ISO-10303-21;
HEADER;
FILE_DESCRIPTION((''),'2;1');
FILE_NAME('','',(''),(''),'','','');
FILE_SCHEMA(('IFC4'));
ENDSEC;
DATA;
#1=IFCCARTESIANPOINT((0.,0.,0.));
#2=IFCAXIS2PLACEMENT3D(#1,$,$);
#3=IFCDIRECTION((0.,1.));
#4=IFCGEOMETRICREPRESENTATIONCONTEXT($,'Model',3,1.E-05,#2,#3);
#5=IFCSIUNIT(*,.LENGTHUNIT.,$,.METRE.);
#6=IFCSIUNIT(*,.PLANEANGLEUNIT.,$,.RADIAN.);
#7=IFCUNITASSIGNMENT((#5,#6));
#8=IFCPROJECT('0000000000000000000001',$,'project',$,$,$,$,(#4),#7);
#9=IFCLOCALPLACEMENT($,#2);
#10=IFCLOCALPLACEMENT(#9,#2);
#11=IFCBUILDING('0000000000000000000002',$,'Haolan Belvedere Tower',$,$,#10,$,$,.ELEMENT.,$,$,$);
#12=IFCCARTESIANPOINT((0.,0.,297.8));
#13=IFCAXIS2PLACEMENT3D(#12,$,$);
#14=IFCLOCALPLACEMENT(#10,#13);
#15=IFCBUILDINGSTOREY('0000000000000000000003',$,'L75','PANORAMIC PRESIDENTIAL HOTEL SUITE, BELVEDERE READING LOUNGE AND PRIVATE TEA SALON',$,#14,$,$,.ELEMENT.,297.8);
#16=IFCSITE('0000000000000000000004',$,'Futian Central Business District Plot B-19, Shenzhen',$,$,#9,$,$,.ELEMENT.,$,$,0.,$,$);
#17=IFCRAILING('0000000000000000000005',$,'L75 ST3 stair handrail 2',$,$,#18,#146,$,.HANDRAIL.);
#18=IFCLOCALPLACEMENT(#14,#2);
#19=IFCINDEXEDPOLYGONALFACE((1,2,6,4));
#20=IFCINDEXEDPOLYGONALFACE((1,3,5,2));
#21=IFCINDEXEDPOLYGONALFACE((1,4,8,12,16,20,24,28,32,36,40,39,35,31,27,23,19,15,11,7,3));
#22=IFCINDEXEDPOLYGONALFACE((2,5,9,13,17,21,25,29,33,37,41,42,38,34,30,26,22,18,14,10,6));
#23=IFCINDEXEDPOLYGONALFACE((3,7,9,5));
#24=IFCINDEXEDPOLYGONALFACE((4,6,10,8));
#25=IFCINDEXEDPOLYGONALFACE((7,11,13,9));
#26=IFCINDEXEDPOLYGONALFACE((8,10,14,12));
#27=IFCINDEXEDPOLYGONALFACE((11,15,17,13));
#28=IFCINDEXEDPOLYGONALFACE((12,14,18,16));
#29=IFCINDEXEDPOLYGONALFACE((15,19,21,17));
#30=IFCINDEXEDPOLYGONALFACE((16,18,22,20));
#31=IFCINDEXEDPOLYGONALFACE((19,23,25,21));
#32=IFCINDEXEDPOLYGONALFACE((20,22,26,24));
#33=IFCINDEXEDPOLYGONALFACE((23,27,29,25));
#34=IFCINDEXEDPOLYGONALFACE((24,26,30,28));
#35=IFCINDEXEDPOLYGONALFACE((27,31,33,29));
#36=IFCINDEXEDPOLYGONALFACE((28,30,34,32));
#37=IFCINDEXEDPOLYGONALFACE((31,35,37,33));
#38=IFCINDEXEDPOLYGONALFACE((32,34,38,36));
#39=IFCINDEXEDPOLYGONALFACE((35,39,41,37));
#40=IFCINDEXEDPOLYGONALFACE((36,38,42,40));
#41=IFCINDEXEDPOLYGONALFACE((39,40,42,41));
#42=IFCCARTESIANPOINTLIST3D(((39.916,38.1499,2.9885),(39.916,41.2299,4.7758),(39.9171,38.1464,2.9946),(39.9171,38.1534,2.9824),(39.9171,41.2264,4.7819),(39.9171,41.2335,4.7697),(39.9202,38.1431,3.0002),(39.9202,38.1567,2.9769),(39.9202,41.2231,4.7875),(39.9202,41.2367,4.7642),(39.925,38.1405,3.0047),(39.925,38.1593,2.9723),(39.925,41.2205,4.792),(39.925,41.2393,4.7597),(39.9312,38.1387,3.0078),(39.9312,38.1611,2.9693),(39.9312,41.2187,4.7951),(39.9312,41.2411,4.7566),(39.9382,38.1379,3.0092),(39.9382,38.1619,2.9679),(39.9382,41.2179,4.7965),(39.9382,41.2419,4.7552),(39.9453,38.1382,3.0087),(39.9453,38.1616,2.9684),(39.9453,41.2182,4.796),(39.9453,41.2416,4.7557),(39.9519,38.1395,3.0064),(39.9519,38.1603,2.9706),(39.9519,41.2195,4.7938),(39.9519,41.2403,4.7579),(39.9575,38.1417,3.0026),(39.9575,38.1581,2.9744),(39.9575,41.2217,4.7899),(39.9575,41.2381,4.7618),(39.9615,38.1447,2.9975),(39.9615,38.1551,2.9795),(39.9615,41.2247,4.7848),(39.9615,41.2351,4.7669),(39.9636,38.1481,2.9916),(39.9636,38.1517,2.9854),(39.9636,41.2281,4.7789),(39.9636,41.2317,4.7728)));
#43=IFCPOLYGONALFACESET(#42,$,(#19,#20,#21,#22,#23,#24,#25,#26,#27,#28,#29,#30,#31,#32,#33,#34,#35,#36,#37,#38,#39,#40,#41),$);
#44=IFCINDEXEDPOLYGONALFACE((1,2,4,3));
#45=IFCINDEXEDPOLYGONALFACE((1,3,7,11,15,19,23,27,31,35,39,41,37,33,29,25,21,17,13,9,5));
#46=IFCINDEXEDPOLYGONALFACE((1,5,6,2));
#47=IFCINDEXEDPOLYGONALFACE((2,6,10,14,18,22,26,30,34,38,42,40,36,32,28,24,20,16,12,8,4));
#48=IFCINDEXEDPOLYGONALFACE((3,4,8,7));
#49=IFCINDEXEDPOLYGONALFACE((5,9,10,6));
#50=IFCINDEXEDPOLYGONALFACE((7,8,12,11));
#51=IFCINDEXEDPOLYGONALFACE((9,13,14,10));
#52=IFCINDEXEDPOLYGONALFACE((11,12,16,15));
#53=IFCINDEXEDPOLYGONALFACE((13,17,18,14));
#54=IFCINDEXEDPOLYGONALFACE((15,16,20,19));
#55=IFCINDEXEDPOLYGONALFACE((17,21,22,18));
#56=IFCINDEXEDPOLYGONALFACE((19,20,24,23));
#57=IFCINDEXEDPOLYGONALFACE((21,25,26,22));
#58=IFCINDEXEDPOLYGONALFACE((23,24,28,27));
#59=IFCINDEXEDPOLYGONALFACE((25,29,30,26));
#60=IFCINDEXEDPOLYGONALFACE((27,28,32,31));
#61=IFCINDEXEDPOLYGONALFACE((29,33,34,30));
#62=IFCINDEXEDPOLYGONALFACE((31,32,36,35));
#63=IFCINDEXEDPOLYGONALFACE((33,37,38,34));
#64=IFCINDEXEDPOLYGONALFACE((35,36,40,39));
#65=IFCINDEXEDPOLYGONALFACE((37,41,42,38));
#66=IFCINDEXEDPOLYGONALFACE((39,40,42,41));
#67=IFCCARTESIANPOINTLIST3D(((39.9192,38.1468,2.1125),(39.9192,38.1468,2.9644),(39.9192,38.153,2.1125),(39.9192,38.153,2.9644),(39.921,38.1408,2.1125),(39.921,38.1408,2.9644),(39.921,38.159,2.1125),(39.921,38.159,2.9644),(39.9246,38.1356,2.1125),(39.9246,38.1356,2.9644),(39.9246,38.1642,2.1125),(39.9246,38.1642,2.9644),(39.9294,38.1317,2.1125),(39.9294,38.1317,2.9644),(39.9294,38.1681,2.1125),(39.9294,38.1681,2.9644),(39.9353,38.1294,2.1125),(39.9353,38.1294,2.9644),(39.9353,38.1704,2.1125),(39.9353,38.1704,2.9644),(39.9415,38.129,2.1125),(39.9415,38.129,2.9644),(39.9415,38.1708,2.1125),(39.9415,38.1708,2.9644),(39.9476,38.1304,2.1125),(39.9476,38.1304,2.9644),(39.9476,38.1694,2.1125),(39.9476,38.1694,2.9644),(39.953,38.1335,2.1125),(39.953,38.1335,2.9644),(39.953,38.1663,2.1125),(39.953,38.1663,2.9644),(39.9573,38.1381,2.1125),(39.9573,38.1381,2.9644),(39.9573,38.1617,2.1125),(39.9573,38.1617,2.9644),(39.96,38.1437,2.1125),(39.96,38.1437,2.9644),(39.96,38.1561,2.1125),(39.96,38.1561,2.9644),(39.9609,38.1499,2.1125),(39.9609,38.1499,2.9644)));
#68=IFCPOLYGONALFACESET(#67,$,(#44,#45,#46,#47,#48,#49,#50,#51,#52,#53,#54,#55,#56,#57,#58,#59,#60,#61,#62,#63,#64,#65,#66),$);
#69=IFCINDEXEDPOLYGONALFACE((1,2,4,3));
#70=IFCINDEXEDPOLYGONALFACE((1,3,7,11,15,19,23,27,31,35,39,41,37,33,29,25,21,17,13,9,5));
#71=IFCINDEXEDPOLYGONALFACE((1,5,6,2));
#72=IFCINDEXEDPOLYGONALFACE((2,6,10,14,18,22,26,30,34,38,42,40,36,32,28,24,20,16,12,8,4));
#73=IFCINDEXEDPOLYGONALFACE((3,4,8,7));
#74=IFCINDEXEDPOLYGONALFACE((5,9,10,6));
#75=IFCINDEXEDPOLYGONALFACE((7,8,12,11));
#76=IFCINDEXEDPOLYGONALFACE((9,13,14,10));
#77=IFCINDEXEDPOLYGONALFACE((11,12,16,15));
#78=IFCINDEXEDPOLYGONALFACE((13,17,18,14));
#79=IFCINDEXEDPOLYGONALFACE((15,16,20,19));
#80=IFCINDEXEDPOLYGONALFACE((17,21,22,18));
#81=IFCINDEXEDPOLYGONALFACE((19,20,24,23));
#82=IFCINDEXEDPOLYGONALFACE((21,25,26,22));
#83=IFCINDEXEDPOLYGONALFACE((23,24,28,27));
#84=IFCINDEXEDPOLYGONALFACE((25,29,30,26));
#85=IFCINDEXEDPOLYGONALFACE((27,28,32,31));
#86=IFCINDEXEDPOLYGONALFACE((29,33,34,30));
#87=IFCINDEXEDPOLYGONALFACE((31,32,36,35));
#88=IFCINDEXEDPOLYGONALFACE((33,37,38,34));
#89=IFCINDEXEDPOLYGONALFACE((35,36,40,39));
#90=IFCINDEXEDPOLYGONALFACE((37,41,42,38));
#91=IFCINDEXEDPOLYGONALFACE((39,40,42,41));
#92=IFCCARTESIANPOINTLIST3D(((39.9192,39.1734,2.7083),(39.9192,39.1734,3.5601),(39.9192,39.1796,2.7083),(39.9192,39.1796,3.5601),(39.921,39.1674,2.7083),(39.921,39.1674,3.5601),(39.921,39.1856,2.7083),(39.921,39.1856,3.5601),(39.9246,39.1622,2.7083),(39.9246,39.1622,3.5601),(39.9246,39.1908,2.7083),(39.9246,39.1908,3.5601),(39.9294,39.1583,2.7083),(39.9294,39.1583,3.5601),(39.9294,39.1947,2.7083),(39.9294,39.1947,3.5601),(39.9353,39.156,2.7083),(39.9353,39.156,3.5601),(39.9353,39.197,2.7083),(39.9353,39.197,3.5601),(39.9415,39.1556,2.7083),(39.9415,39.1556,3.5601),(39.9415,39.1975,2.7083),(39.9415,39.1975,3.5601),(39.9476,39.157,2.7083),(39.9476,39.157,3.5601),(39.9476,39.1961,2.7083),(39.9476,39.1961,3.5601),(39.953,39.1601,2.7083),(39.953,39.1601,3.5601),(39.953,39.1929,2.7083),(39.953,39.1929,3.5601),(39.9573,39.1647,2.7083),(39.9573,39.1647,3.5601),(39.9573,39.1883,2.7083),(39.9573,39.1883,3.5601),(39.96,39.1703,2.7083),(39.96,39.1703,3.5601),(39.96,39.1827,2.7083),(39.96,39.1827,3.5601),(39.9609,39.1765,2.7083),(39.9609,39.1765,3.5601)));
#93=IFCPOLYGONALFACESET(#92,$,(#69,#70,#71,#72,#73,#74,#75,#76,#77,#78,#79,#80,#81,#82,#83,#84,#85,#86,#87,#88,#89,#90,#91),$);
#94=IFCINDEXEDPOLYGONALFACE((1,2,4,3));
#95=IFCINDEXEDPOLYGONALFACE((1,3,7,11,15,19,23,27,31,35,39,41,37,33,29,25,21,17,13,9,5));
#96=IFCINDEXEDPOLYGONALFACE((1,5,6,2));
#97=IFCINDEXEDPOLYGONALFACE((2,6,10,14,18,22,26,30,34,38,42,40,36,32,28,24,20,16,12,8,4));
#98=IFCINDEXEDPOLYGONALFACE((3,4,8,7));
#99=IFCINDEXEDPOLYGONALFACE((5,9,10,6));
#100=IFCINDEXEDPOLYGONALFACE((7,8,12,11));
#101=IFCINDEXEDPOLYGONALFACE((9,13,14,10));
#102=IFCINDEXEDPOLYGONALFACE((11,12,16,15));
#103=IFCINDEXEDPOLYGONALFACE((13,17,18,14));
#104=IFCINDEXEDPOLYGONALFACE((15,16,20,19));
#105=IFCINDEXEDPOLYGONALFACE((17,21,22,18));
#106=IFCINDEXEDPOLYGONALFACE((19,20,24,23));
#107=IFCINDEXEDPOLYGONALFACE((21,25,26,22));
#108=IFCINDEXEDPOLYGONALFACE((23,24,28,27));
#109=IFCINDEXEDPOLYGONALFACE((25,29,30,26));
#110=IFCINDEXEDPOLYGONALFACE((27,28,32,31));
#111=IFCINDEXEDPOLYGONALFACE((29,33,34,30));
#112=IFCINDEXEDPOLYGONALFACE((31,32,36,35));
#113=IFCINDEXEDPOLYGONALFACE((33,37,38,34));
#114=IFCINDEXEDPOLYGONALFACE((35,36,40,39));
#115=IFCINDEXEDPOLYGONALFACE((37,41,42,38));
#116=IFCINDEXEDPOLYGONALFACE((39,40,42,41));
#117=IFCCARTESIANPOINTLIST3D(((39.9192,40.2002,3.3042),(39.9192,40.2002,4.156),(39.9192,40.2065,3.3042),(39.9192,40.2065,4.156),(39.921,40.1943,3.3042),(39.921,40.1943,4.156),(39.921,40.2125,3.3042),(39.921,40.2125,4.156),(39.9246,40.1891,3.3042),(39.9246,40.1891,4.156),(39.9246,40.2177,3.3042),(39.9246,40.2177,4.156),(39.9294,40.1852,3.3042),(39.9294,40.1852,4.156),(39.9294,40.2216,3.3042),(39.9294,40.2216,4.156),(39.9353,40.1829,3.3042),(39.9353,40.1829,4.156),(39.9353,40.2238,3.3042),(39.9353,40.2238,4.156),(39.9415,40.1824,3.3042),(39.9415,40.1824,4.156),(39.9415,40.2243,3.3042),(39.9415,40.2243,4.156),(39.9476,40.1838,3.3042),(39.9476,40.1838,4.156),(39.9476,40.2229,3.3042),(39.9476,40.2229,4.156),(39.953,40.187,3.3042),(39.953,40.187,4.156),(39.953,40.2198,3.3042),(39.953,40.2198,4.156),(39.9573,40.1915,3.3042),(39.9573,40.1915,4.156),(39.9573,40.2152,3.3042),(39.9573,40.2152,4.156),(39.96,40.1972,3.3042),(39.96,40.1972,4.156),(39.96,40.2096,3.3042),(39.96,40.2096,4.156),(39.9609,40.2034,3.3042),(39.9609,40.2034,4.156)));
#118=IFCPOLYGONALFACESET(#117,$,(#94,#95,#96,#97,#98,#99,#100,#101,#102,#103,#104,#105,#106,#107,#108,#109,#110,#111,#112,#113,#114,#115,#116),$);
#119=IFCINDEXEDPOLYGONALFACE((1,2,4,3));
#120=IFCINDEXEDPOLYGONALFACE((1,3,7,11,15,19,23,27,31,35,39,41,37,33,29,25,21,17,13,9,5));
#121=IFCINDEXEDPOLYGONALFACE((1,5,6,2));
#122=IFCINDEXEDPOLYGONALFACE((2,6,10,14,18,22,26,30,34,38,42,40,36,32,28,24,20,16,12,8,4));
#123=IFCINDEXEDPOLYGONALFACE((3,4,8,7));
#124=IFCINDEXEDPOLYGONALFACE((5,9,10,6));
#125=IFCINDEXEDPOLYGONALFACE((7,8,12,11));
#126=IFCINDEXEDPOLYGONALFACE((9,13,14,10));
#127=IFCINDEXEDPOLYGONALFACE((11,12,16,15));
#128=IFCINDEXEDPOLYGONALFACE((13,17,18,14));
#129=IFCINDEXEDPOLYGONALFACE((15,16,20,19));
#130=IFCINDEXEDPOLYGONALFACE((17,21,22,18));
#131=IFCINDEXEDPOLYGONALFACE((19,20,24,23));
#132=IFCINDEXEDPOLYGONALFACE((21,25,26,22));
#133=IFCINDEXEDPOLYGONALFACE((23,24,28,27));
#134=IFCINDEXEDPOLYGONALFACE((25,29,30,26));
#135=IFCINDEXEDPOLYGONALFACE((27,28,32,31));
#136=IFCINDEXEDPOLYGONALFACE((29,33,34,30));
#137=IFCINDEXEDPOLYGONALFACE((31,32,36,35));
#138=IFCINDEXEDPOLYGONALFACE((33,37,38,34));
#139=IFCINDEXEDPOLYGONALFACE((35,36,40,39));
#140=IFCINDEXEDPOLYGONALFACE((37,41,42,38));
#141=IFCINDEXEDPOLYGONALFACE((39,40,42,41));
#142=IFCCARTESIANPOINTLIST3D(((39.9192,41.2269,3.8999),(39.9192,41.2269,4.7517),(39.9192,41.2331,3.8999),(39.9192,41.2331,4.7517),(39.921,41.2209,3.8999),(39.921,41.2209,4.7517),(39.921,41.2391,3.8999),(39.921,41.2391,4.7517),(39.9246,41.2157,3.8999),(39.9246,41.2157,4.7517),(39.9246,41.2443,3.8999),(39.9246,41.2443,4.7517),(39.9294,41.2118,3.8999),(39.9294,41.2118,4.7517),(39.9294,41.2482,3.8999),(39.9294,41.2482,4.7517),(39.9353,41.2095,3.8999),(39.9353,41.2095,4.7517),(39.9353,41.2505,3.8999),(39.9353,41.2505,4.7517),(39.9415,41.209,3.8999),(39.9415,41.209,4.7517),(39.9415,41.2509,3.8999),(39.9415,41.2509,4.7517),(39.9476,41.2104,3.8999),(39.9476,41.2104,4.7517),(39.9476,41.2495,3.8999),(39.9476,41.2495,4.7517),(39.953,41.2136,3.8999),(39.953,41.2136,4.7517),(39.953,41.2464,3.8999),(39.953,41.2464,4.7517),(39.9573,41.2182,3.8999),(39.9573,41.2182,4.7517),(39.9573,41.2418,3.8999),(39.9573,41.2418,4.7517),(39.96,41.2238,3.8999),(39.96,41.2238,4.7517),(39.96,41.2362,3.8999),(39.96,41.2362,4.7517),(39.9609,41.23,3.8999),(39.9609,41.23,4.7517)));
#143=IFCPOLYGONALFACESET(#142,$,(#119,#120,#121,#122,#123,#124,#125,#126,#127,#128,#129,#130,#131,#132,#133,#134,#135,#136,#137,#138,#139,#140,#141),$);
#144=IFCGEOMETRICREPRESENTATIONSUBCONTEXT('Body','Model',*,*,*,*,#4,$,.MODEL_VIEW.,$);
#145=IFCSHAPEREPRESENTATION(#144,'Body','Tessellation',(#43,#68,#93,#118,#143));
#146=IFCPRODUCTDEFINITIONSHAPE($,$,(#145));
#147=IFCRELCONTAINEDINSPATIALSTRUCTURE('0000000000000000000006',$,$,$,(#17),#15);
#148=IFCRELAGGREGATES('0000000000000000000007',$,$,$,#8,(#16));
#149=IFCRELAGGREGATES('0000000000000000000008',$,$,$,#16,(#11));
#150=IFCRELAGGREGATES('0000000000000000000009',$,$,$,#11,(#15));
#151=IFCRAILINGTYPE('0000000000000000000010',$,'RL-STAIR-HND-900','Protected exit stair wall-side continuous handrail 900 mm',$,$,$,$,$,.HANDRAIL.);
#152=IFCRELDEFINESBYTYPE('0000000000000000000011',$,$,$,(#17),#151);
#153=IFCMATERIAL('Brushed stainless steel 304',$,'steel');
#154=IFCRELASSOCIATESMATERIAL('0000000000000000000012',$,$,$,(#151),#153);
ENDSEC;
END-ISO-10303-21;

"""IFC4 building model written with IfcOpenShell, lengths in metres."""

from ifc_helpers import new_model, si_unit, direction, frame, origin, origin_2d, place, context, subcontext, project, spatial, circle, extrude, material, type_object, element, save


model = new_model("IFC4")

# Units and contexts
model_context = context("Model", 3, precision=1e-05, world=origin(), true_north=direction((0.0, 1.0)))
body_context = subcontext(model_context, "Body", "Model", "MODEL_VIEW")
ifc_project = project(units=[si_unit("LENGTHUNIT", "METRE"), si_unit("PLANEANGLEUNIT", "RADIAN")], contexts=[model_context])

# Site, building, storey
site_placement = place(None, origin())
site = spatial("IfcSite", under=ifc_project, at=site_placement, Name="Futian Central Business District Plot B-19, Shenzhen", CompositionType="ELEMENT", RefElevation=0.0)
building_placement = place(site_placement, origin())
building = spatial("IfcBuilding", under=site, at=building_placement, Name="Haolan Belvedere Tower", CompositionType="ELEMENT")
storey_placement = place(building_placement, frame((0.0, 0.0, 297.8)))
storey = spatial("IfcBuildingStorey", under=building, at=storey_placement, Name="L75", Description="PANORAMIC PRESIDENTIAL HOTEL SUITE, BELVEDERE READING LOUNGE AND PRIVATE TEA SALON", CompositionType="ELEMENT", Elevation=297.8)

# Railing
ifc_material_1 = material(Name="Brushed stainless steel 304", Category="steel")
railing_type_1 = type_object("IfcRailingType", Name="RL-STAIR-HND-900", Description="Protected exit stair wall-side continuous handrail 900 mm", PredefinedType="HANDRAIL", material=ifc_material_1)
railing_1_placement = place(storey_placement, frame((39.9399, 38.1499, 2.1125)))
element("IfcRailing", 1, at=railing_1_placement, inside=storey, type_object=railing_type_1, Name="L75 ST3 stair handrail 2", PredefinedType="HANDRAIL", context=body_context, shape_type="SweptSolid", body=[
    extrude(circle(Radius=0.0239, at=origin_2d()), frame((0.0, 0.0, 0.876), z_axis=(0.0, 0.86492, 0.501909), x_axis=(-1.0, 0.0, 0.0)), (0.0, 0.0, 1.0), 3.561),
    extrude(circle(Radius=0.021, at=origin_2d()), origin(), (0.0, 0.0, 1.0), 0.8518),
    extrude(circle(Radius=0.021, at=origin_2d()), frame((0.0, 1.0266, 0.5957)), (0.0, 0.0, 1.0), 0.8518),
    extrude(circle(Radius=0.021, at=origin_2d()), frame((0.0, 2.0535, 1.1917)), (0.0, 0.0, 1.0), 0.8518),
    extrude(circle(Radius=0.021, at=origin_2d()), frame((0.0, 3.0801, 1.7874)), (0.0, 0.0, 1.0), 0.8518),
])

save(model, "model.ifc")
